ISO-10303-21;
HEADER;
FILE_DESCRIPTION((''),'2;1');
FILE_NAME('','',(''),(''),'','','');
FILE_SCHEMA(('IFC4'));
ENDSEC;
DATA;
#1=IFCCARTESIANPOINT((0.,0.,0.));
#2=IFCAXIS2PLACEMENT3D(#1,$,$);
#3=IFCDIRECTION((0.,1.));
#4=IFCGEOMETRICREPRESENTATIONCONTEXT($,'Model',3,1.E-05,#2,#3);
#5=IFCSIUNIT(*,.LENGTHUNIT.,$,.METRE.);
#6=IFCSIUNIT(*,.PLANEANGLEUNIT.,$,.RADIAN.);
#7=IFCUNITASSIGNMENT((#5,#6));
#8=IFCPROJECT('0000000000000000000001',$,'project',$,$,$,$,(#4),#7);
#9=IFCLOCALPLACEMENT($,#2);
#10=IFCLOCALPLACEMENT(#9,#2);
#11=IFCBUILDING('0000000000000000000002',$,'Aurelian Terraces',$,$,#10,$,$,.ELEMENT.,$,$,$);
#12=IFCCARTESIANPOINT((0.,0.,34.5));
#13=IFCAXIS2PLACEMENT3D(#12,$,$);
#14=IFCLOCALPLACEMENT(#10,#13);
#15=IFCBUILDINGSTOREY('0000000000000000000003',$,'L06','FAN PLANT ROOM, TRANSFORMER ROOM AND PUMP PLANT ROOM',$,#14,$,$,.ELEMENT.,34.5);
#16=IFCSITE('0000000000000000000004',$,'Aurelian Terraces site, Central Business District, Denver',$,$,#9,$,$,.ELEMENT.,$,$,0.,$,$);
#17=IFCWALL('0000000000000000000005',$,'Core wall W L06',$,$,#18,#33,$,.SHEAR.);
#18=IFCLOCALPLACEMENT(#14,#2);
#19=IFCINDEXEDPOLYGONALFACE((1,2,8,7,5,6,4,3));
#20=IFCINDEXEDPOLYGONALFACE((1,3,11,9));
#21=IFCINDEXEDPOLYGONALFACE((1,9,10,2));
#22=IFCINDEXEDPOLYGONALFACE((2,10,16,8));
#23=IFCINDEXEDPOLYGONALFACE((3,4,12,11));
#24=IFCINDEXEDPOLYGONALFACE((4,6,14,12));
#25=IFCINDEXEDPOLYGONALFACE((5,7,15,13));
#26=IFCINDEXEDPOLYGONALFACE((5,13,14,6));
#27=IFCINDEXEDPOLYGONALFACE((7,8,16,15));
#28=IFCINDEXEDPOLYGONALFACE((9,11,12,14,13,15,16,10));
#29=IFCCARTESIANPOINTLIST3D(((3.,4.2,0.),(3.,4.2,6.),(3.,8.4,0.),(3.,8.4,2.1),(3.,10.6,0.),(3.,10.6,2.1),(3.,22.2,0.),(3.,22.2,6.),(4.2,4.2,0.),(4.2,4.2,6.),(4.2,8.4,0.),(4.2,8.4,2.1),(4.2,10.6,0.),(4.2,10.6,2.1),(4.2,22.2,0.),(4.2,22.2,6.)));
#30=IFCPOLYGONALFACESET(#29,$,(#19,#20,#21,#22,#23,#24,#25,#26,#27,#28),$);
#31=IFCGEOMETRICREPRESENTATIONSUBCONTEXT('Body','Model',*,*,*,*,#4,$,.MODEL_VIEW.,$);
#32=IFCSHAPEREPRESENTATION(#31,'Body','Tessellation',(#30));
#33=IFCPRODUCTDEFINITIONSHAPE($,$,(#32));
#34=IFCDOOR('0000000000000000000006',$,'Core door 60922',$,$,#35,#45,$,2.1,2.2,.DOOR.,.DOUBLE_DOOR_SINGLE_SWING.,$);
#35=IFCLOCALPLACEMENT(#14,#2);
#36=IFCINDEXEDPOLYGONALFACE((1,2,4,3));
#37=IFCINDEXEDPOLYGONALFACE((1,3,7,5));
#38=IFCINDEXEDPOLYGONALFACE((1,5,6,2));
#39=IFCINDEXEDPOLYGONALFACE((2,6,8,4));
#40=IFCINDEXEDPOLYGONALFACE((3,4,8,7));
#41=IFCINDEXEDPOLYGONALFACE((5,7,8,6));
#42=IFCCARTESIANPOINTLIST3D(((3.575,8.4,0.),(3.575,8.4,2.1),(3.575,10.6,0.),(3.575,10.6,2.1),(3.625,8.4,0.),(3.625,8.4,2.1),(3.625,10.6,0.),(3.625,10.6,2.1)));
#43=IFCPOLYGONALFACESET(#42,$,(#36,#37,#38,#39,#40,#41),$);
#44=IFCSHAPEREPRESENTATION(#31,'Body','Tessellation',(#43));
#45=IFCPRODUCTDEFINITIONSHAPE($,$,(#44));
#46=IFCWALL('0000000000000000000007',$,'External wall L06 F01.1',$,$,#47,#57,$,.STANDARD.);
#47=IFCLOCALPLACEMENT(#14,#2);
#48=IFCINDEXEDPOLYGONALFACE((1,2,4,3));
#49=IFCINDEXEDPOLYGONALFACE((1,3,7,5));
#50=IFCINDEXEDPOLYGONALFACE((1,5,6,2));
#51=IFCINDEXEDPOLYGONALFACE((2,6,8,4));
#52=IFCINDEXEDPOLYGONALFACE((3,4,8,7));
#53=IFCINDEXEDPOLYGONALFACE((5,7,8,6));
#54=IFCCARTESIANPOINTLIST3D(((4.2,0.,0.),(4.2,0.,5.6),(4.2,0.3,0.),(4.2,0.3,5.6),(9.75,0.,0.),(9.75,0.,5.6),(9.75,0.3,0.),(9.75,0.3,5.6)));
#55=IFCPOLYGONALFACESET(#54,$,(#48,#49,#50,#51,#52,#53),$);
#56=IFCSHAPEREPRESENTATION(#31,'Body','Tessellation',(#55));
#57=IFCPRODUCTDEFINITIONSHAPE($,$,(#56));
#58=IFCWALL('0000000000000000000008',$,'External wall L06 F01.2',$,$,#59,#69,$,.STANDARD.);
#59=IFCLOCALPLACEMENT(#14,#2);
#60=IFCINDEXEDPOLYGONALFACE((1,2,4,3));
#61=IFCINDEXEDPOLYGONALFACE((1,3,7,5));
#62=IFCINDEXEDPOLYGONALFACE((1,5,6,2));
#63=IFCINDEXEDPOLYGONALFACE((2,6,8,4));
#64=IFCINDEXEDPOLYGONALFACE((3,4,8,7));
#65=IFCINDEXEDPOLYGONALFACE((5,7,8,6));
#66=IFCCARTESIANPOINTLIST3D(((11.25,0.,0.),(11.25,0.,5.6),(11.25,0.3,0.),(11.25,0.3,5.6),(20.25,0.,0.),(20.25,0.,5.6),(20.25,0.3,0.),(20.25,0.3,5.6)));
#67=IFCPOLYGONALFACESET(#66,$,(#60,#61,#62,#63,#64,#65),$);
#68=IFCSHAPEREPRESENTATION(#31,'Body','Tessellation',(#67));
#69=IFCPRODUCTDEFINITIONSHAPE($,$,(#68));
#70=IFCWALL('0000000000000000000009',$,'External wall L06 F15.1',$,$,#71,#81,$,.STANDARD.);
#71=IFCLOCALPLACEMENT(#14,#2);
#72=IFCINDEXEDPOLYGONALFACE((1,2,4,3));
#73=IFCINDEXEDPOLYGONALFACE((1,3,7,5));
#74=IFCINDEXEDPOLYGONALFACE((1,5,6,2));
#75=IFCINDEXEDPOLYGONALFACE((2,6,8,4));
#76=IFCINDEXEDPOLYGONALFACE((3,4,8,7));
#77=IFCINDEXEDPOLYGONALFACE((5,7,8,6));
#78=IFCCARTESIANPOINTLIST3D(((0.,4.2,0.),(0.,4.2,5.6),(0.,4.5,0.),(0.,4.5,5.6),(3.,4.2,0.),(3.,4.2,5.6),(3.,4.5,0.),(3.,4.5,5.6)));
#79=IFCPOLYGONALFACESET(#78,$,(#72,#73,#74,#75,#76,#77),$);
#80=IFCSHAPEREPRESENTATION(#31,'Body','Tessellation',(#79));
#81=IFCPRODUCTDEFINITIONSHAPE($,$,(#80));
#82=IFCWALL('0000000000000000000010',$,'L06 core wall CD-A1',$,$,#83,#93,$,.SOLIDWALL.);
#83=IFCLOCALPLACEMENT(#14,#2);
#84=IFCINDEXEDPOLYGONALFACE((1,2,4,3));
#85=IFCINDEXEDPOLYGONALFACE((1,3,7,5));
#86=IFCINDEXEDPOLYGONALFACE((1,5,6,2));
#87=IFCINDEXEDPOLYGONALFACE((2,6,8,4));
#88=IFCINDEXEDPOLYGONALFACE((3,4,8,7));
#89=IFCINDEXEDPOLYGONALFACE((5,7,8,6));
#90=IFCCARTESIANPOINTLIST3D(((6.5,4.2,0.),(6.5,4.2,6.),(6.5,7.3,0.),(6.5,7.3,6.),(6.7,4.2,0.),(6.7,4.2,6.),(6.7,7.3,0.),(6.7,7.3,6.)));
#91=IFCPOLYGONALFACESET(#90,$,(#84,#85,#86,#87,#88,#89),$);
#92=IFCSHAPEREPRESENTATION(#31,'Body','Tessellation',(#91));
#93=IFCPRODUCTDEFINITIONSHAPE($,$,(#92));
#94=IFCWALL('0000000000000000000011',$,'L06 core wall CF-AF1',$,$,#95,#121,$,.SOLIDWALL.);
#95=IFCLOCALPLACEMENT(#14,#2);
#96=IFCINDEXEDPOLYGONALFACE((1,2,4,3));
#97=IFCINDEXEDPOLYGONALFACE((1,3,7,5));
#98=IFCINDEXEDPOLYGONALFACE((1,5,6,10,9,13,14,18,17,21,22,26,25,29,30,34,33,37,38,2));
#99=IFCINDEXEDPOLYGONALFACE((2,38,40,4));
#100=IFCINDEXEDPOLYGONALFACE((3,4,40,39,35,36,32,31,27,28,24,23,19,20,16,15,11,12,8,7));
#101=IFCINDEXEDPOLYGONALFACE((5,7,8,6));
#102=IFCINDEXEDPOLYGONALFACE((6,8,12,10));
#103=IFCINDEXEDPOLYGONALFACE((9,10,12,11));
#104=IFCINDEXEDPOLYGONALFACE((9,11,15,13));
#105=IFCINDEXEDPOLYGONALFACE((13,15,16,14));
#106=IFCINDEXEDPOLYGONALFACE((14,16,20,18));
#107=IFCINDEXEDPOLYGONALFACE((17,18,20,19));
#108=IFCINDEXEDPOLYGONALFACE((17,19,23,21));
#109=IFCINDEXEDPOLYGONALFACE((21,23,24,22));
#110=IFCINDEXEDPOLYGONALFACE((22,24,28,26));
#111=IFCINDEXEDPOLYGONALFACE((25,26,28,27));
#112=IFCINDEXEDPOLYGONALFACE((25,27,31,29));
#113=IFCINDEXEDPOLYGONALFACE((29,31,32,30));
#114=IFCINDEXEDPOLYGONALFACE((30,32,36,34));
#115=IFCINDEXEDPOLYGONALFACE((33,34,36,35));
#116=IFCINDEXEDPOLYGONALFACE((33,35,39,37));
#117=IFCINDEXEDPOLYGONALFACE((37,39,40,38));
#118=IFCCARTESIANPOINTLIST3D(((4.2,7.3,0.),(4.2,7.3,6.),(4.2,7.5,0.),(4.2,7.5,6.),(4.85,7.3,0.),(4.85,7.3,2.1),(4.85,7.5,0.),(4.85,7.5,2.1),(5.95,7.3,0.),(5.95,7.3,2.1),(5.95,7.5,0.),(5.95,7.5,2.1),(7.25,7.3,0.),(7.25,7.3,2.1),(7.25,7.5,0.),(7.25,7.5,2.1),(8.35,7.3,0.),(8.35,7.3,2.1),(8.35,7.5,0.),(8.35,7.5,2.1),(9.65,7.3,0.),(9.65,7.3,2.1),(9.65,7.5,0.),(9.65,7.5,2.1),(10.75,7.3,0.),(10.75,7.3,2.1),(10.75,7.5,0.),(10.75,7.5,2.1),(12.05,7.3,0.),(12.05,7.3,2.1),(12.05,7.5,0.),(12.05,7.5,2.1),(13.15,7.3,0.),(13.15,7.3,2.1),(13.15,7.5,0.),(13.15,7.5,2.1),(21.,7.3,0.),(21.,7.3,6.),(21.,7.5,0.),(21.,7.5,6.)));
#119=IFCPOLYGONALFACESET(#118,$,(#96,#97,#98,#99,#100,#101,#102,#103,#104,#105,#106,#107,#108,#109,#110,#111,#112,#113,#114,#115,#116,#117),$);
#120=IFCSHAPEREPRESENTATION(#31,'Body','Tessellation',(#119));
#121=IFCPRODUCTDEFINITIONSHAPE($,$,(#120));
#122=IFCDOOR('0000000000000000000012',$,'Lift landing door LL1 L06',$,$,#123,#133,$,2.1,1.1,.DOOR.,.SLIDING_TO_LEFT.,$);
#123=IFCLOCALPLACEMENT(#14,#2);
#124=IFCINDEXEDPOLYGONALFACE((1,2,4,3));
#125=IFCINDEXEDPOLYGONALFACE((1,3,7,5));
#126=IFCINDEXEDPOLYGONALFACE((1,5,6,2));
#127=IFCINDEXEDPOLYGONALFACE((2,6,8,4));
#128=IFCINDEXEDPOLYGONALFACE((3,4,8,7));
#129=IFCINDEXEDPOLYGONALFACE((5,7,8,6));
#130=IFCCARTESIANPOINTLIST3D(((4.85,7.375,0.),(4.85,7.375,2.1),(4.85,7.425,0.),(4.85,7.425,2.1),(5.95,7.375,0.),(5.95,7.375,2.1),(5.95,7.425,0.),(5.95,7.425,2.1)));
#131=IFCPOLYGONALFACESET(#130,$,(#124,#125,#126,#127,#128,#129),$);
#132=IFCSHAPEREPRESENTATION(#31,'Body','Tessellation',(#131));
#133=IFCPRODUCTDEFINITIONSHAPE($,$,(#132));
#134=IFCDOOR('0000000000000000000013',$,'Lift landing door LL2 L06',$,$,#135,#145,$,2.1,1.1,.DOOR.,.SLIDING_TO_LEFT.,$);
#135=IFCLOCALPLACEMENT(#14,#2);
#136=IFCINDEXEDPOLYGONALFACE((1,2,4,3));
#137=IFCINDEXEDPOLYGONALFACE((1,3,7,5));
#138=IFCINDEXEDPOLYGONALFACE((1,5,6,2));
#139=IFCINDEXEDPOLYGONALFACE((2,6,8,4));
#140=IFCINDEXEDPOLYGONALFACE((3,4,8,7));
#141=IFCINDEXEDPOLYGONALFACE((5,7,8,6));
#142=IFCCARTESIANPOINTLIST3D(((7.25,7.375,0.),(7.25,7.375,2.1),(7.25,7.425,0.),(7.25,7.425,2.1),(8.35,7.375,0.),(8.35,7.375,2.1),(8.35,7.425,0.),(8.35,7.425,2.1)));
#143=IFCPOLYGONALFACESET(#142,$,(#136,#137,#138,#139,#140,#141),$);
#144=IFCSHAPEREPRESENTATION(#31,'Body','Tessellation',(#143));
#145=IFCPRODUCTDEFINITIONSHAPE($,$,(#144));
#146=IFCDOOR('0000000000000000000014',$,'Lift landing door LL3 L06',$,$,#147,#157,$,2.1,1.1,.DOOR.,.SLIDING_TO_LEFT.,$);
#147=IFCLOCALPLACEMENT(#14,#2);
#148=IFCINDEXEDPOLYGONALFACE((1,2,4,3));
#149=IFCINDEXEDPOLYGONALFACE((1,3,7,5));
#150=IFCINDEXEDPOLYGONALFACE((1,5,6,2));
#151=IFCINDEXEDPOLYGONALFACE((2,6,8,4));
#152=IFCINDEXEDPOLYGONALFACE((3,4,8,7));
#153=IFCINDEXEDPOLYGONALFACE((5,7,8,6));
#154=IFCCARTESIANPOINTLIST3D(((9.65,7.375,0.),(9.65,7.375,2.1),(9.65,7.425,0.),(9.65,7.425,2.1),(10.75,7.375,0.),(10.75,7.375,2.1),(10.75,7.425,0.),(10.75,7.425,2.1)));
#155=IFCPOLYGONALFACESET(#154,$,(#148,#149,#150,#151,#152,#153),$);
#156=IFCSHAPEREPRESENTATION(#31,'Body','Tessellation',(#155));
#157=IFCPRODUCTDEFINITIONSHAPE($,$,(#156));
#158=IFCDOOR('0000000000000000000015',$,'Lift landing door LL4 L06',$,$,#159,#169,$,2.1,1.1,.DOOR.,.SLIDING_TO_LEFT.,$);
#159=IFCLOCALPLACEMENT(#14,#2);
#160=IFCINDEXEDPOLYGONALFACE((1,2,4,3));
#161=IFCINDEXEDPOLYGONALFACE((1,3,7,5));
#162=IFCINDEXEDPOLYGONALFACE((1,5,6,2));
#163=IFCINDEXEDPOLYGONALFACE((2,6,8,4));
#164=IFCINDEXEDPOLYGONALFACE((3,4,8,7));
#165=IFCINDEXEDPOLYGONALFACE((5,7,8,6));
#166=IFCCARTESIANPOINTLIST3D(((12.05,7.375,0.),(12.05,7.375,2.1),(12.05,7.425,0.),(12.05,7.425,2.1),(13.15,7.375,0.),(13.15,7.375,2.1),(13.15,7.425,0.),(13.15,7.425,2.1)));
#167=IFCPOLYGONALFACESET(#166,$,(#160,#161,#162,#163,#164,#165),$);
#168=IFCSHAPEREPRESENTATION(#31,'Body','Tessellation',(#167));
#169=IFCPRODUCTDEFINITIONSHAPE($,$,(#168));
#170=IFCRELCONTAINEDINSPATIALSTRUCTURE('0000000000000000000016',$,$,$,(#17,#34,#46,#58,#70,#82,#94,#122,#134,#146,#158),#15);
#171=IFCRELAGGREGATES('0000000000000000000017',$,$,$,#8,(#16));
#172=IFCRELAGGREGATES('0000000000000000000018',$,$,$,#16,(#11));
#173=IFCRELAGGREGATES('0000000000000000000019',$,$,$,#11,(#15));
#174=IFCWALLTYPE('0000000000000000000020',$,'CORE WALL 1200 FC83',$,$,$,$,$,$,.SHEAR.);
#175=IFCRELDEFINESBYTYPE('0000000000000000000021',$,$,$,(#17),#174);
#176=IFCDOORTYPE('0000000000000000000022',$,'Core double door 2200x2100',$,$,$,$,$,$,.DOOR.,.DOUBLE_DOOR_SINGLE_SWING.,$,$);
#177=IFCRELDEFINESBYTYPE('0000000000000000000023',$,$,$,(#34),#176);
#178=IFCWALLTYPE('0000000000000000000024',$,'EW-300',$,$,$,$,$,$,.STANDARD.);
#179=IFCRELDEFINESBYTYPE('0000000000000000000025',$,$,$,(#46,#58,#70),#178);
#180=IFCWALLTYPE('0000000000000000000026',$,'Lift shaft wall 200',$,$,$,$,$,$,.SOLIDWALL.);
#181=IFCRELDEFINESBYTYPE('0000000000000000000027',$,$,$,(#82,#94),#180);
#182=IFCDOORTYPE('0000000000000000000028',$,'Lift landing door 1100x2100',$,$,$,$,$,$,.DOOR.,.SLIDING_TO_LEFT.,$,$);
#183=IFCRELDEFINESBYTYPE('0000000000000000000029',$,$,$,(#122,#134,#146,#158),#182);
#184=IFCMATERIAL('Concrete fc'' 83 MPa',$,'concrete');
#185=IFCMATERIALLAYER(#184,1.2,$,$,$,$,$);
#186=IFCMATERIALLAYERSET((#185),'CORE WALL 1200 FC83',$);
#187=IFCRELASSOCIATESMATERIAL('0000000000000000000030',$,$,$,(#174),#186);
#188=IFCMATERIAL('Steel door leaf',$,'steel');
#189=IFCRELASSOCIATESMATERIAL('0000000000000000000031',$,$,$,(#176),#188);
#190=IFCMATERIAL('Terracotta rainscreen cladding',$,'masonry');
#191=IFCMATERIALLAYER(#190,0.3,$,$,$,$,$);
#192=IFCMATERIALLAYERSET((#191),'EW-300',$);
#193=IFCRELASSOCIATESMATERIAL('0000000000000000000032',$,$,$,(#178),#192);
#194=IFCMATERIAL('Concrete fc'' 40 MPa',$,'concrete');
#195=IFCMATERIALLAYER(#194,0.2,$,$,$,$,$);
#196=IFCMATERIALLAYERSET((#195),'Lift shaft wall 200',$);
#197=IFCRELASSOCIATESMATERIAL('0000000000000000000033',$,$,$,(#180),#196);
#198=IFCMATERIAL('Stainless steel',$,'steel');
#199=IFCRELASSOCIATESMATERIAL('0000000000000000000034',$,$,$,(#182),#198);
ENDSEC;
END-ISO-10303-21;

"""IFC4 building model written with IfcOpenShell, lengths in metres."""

from ifc_helpers import new_model, si_unit, direction, frame, frame_2d, origin, place, context, subcontext, project, spatial, rectangle, extrude, source, transform, mapped, material, layer, layer_set, type_object, element, fill, save


model = new_model("IFC4")

# Units and contexts
model_context = context("Model", 3, precision=1e-05, world=origin(), true_north=direction((0.0, 1.0)))
body_context = subcontext(model_context, "Body", "Model", "MODEL_VIEW")
ifc_project = project(units=[si_unit("LENGTHUNIT", "METRE"), si_unit("PLANEANGLEUNIT", "RADIAN")], contexts=[model_context])

# Site, building, storey
site_placement = place(None, origin())
site = spatial("IfcSite", under=ifc_project, at=site_placement, Name="Aurelian Terraces site, Central Business District, Denver", CompositionType="ELEMENT", RefElevation=0.0)
building_placement = place(site_placement, origin())
building = spatial("IfcBuilding", under=site, at=building_placement, Name="Aurelian Terraces", CompositionType="ELEMENT")
storey_placement = place(building_placement, frame((0.0, 0.0, 34.5)))
storey = spatial("IfcBuildingStorey", under=building, at=storey_placement, Name="L06", Description="FAN PLANT ROOM, TRANSFORMER ROOM AND PUMP PLANT ROOM", CompositionType="ELEMENT", Elevation=34.5)

# Shared definitions
ifc_material_1 = material(Name="Concrete fc' 83 MPa", Category="concrete")

# Shared definitions
ifc_material_2 = material(Name="Concrete fc' 40 MPa", Category="concrete")

# Wall, opening, door
ifc_layer_1 = layer(ifc_material_1, 1.2)
ifc_layer_set_1 = layer_set([ifc_layer_1], Name="CORE WALL 1200 FC83")
wall_type_1 = type_object("IfcWallType", Name="CORE WALL 1200 FC83", PredefinedType="SHEAR", material=ifc_layer_set_1)
wall_1_placement = place(storey_placement, frame((3.6, 4.2, 0.0), z_axis=(0.0, 0.0, 1.0), x_axis=(0.0, 1.0, 0.0)))
wall_1 = element("IfcWall", 1, at=wall_1_placement, inside=storey, type_object=wall_type_1, Name="Core wall W L06", PredefinedType="SHEAR", context=body_context, shape_type="SweptSolid", body=[
    extrude(rectangle(XDim=18.0, YDim=1.2, at=frame_2d((9.0, 0.0))), origin(), (0.0, 0.0, 1.0), 6.0),
])
shared_shape_1 = source(origin(), body_context, "Body", "SweptSolid", [
    extrude(rectangle(XDim=2.2, YDim=2.1, at=frame_2d((1.1, 1.05))), frame((0.0, 0.61, 0.0), z_axis=(0.0, -1.0, 0.0), x_axis=(1.0, 0.0, 0.0)), (0.0, 0.0, 1.0), 1.22),
])
opening_1_placement = place(wall_1_placement, frame((4.2, 0.0, 0.0)))
opening_1 = element("IfcOpeningElement", 2, at=opening_1_placement, cuts=wall_1, PredefinedType="OPENING", context=body_context, shape_type="MappedRepresentation", body=[
    mapped(shared_shape_1, transform((0.0, 0.0, 0.0), scale=1.0)),
])
ifc_material_3 = material(Name="Steel door leaf", Category="steel")
door_type_1 = type_object("IfcDoorType", Name="Core double door 2200x2100", OperationType="DOUBLE_DOOR_SINGLE_SWING", PredefinedType="DOOR", material=ifc_material_3)
shared_shape_2 = source(origin(), body_context, "Body", "SweptSolid", [
    extrude(rectangle(XDim=2.2, YDim=2.1, at=frame_2d((1.1, 1.05))), frame((0.0, 0.025, 0.0), z_axis=(0.0, -1.0, 0.0), x_axis=(1.0, 0.0, 0.0)), (0.0, 0.0, 1.0), 0.05),
])
door_1_placement = place(opening_1_placement, origin())
door_1 = element("IfcDoor", 3, at=door_1_placement, inside=storey, type_object=door_type_1, Name="Core door 60922", OperationType="DOUBLE_DOOR_SINGLE_SWING", OverallHeight=2.1, OverallWidth=2.2, PredefinedType="DOOR", context=body_context, shape_type="MappedRepresentation", body=[
    mapped(shared_shape_2, transform((0.0, 0.0, 0.0), scale=1.0)),
])
fill(opening_1, door_1)

# Walls
ifc_material_4 = material(Name="Terracotta rainscreen cladding", Category="masonry")
ifc_layer_2 = layer(ifc_material_4, 0.3)
ifc_layer_set_2 = layer_set([ifc_layer_2], Name="EW-300")
wall_type_2 = type_object("IfcWallType", Name="EW-300", PredefinedType="STANDARD", material=ifc_layer_set_2)
wall_2_placement = place(storey_placement, frame((4.2, 0.15, 0.0), z_axis=(0.0, 0.0, 1.0), x_axis=(1.0, 0.0, 0.0)))
element("IfcWall", 4, at=wall_2_placement, inside=storey, type_object=wall_type_2, Name="External wall L06 F01.1", PredefinedType="STANDARD", context=body_context, shape_type="SweptSolid", body=[
    extrude(rectangle(XDim=5.55, YDim=0.3, at=frame_2d((2.775, 0.0))), origin(), (0.0, 0.0, 1.0), 5.6),
])
wall_3_placement = place(storey_placement, frame((11.25, 0.15, 0.0), z_axis=(0.0, 0.0, 1.0), x_axis=(1.0, 0.0, 0.0)))
element("IfcWall", 5, at=wall_3_placement, inside=storey, type_object=wall_type_2, Name="External wall L06 F01.2", PredefinedType="STANDARD", context=body_context, shape_type="SweptSolid", body=[
    extrude(rectangle(XDim=9.0, YDim=0.3, at=frame_2d((4.5, 0.0))), origin(), (0.0, 0.0, 1.0), 5.6),
])
wall_4_placement = place(storey_placement, frame((0.0, 4.35, 0.0), z_axis=(0.0, 0.0, 1.0), x_axis=(1.0, 0.0, 0.0)))
element("IfcWall", 6, at=wall_4_placement, inside=storey, type_object=wall_type_2, Name="External wall L06 F15.1", PredefinedType="STANDARD", context=body_context, shape_type="SweptSolid", body=[
    extrude(rectangle(XDim=3.0, YDim=0.3, at=frame_2d((1.5, 0.0))), origin(), (0.0, 0.0, 1.0), 5.6),
])
ifc_layer_3 = layer(ifc_material_2, 0.2)
ifc_layer_set_3 = layer_set([ifc_layer_3], Name="Lift shaft wall 200")
wall_type_3 = type_object("IfcWallType", Name="Lift shaft wall 200", PredefinedType="SOLIDWALL", material=ifc_layer_set_3)
wall_5_placement = place(storey_placement, frame((6.6, 4.2, 0.0), z_axis=(0.0, 0.0, 1.0), x_axis=(0.0, 1.0, 0.0)))
element("IfcWall", 7, at=wall_5_placement, inside=storey, type_object=wall_type_3, Name="L06 core wall CD-A1", PredefinedType="SOLIDWALL", context=body_context, shape_type="SweptSolid", body=[
    extrude(rectangle(XDim=3.1, YDim=0.2, at=frame_2d((1.55, 0.0))), origin(), (0.0, 0.0, 1.0), 6.0),
])

# Wall, openings, doors
wall_6_placement = place(storey_placement, frame((4.2, 7.4, 0.0), z_axis=(0.0, 0.0, 1.0), x_axis=(1.0, 0.0, 0.0)))
wall_6 = element("IfcWall", 8, at=wall_6_placement, inside=storey, type_object=wall_type_3, Name="L06 core wall CF-AF1", PredefinedType="SOLIDWALL", context=body_context, shape_type="SweptSolid", body=[
    extrude(rectangle(XDim=16.8, YDim=0.2, at=frame_2d((8.4, 0.0))), origin(), (0.0, 0.0, 1.0), 6.0),
])
shared_shape_3 = source(origin(), body_context, "Body", "SweptSolid", [
    extrude(rectangle(XDim=1.1, YDim=2.1, at=frame_2d((0.55, 1.05))), frame((0.0, 0.11, 0.0), z_axis=(0.0, -1.0, 0.0), x_axis=(1.0, 0.0, 0.0)), (0.0, 0.0, 1.0), 0.22),
])
opening_2_placement = place(wall_6_placement, frame((0.65, 0.0, 0.0)))
opening_2 = element("IfcOpeningElement", 9, at=opening_2_placement, cuts=wall_6, PredefinedType="OPENING", context=body_context, shape_type="MappedRepresentation", body=[
    mapped(shared_shape_3, transform((0.0, 0.0, 0.0), scale=1.0)),
])
opening_3_placement = place(wall_6_placement, frame((3.05, 0.0, 0.0)))
opening_3 = element("IfcOpeningElement", 10, at=opening_3_placement, cuts=wall_6, PredefinedType="OPENING", context=body_context, shape_type="MappedRepresentation", body=[
    mapped(shared_shape_3, transform((0.0, 0.0, 0.0), scale=1.0)),
])
opening_4_placement = place(wall_6_placement, frame((5.45, 0.0, 0.0)))
opening_4 = element("IfcOpeningElement", 11, at=opening_4_placement, cuts=wall_6, PredefinedType="OPENING", context=body_context, shape_type="MappedRepresentation", body=[
    mapped(shared_shape_3, transform((0.0, 0.0, 0.0), scale=1.0)),
])
opening_5_placement = place(wall_6_placement, frame((7.85, 0.0, 0.0)))
opening_5 = element("IfcOpeningElement", 12, at=opening_5_placement, cuts=wall_6, PredefinedType="OPENING", context=body_context, shape_type="MappedRepresentation", body=[
    mapped(shared_shape_3, transform((0.0, 0.0, 0.0), scale=1.0)),
])
ifc_material_5 = material(Name="Stainless steel", Category="steel")
door_type_2 = type_object("IfcDoorType", Name="Lift landing door 1100x2100", OperationType="SLIDING_TO_LEFT", PredefinedType="DOOR", material=ifc_material_5)
shared_shape_4 = source(origin(), body_context, "Body", "SweptSolid", [
    extrude(rectangle(XDim=1.1, YDim=2.1, at=frame_2d((0.55, 1.05))), frame((0.0, 0.025, 0.0), z_axis=(0.0, -1.0, 0.0), x_axis=(1.0, 0.0, 0.0)), (0.0, 0.0, 1.0), 0.05),
])
door_2_placement = place(opening_2_placement, origin())
door_2 = element("IfcDoor", 13, at=door_2_placement, inside=storey, type_object=door_type_2, Name="Lift landing door LL1 L06", OperationType="SLIDING_TO_LEFT", OverallHeight=2.1, OverallWidth=1.1, PredefinedType="DOOR", context=body_context, shape_type="MappedRepresentation", body=[
    mapped(shared_shape_4, transform((0.0, 0.0, 0.0), scale=1.0)),
])
fill(opening_2, door_2)
door_3_placement = place(opening_3_placement, origin())
door_3 = element("IfcDoor", 14, at=door_3_placement, inside=storey, type_object=door_type_2, Name="Lift landing door LL2 L06", OperationType="SLIDING_TO_LEFT", OverallHeight=2.1, OverallWidth=1.1, PredefinedType="DOOR", context=body_context, shape_type="MappedRepresentation", body=[
    mapped(shared_shape_4, transform((0.0, 0.0, 0.0), scale=1.0)),
])
fill(opening_3, door_3)
door_4_placement = place(opening_4_placement, origin())
door_4 = element("IfcDoor", 15, at=door_4_placement, inside=storey, type_object=door_type_2, Name="Lift landing door LL3 L06", OperationType="SLIDING_TO_LEFT", OverallHeight=2.1, OverallWidth=1.1, PredefinedType="DOOR", context=body_context, shape_type="MappedRepresentation", body=[
    mapped(shared_shape_4, transform((0.0, 0.0, 0.0), scale=1.0)),
])
fill(opening_4, door_4)
door_5_placement = place(opening_5_placement, origin())
door_5 = element("IfcDoor", 16, at=door_5_placement, inside=storey, type_object=door_type_2, Name="Lift landing door LL4 L06", OperationType="SLIDING_TO_LEFT", OverallHeight=2.1, OverallWidth=1.1, PredefinedType="DOOR", context=body_context, shape_type="MappedRepresentation", body=[
    mapped(shared_shape_4, transform((0.0, 0.0, 0.0), scale=1.0)),
])
fill(opening_5, door_5)

save(model, "model.ifc")
